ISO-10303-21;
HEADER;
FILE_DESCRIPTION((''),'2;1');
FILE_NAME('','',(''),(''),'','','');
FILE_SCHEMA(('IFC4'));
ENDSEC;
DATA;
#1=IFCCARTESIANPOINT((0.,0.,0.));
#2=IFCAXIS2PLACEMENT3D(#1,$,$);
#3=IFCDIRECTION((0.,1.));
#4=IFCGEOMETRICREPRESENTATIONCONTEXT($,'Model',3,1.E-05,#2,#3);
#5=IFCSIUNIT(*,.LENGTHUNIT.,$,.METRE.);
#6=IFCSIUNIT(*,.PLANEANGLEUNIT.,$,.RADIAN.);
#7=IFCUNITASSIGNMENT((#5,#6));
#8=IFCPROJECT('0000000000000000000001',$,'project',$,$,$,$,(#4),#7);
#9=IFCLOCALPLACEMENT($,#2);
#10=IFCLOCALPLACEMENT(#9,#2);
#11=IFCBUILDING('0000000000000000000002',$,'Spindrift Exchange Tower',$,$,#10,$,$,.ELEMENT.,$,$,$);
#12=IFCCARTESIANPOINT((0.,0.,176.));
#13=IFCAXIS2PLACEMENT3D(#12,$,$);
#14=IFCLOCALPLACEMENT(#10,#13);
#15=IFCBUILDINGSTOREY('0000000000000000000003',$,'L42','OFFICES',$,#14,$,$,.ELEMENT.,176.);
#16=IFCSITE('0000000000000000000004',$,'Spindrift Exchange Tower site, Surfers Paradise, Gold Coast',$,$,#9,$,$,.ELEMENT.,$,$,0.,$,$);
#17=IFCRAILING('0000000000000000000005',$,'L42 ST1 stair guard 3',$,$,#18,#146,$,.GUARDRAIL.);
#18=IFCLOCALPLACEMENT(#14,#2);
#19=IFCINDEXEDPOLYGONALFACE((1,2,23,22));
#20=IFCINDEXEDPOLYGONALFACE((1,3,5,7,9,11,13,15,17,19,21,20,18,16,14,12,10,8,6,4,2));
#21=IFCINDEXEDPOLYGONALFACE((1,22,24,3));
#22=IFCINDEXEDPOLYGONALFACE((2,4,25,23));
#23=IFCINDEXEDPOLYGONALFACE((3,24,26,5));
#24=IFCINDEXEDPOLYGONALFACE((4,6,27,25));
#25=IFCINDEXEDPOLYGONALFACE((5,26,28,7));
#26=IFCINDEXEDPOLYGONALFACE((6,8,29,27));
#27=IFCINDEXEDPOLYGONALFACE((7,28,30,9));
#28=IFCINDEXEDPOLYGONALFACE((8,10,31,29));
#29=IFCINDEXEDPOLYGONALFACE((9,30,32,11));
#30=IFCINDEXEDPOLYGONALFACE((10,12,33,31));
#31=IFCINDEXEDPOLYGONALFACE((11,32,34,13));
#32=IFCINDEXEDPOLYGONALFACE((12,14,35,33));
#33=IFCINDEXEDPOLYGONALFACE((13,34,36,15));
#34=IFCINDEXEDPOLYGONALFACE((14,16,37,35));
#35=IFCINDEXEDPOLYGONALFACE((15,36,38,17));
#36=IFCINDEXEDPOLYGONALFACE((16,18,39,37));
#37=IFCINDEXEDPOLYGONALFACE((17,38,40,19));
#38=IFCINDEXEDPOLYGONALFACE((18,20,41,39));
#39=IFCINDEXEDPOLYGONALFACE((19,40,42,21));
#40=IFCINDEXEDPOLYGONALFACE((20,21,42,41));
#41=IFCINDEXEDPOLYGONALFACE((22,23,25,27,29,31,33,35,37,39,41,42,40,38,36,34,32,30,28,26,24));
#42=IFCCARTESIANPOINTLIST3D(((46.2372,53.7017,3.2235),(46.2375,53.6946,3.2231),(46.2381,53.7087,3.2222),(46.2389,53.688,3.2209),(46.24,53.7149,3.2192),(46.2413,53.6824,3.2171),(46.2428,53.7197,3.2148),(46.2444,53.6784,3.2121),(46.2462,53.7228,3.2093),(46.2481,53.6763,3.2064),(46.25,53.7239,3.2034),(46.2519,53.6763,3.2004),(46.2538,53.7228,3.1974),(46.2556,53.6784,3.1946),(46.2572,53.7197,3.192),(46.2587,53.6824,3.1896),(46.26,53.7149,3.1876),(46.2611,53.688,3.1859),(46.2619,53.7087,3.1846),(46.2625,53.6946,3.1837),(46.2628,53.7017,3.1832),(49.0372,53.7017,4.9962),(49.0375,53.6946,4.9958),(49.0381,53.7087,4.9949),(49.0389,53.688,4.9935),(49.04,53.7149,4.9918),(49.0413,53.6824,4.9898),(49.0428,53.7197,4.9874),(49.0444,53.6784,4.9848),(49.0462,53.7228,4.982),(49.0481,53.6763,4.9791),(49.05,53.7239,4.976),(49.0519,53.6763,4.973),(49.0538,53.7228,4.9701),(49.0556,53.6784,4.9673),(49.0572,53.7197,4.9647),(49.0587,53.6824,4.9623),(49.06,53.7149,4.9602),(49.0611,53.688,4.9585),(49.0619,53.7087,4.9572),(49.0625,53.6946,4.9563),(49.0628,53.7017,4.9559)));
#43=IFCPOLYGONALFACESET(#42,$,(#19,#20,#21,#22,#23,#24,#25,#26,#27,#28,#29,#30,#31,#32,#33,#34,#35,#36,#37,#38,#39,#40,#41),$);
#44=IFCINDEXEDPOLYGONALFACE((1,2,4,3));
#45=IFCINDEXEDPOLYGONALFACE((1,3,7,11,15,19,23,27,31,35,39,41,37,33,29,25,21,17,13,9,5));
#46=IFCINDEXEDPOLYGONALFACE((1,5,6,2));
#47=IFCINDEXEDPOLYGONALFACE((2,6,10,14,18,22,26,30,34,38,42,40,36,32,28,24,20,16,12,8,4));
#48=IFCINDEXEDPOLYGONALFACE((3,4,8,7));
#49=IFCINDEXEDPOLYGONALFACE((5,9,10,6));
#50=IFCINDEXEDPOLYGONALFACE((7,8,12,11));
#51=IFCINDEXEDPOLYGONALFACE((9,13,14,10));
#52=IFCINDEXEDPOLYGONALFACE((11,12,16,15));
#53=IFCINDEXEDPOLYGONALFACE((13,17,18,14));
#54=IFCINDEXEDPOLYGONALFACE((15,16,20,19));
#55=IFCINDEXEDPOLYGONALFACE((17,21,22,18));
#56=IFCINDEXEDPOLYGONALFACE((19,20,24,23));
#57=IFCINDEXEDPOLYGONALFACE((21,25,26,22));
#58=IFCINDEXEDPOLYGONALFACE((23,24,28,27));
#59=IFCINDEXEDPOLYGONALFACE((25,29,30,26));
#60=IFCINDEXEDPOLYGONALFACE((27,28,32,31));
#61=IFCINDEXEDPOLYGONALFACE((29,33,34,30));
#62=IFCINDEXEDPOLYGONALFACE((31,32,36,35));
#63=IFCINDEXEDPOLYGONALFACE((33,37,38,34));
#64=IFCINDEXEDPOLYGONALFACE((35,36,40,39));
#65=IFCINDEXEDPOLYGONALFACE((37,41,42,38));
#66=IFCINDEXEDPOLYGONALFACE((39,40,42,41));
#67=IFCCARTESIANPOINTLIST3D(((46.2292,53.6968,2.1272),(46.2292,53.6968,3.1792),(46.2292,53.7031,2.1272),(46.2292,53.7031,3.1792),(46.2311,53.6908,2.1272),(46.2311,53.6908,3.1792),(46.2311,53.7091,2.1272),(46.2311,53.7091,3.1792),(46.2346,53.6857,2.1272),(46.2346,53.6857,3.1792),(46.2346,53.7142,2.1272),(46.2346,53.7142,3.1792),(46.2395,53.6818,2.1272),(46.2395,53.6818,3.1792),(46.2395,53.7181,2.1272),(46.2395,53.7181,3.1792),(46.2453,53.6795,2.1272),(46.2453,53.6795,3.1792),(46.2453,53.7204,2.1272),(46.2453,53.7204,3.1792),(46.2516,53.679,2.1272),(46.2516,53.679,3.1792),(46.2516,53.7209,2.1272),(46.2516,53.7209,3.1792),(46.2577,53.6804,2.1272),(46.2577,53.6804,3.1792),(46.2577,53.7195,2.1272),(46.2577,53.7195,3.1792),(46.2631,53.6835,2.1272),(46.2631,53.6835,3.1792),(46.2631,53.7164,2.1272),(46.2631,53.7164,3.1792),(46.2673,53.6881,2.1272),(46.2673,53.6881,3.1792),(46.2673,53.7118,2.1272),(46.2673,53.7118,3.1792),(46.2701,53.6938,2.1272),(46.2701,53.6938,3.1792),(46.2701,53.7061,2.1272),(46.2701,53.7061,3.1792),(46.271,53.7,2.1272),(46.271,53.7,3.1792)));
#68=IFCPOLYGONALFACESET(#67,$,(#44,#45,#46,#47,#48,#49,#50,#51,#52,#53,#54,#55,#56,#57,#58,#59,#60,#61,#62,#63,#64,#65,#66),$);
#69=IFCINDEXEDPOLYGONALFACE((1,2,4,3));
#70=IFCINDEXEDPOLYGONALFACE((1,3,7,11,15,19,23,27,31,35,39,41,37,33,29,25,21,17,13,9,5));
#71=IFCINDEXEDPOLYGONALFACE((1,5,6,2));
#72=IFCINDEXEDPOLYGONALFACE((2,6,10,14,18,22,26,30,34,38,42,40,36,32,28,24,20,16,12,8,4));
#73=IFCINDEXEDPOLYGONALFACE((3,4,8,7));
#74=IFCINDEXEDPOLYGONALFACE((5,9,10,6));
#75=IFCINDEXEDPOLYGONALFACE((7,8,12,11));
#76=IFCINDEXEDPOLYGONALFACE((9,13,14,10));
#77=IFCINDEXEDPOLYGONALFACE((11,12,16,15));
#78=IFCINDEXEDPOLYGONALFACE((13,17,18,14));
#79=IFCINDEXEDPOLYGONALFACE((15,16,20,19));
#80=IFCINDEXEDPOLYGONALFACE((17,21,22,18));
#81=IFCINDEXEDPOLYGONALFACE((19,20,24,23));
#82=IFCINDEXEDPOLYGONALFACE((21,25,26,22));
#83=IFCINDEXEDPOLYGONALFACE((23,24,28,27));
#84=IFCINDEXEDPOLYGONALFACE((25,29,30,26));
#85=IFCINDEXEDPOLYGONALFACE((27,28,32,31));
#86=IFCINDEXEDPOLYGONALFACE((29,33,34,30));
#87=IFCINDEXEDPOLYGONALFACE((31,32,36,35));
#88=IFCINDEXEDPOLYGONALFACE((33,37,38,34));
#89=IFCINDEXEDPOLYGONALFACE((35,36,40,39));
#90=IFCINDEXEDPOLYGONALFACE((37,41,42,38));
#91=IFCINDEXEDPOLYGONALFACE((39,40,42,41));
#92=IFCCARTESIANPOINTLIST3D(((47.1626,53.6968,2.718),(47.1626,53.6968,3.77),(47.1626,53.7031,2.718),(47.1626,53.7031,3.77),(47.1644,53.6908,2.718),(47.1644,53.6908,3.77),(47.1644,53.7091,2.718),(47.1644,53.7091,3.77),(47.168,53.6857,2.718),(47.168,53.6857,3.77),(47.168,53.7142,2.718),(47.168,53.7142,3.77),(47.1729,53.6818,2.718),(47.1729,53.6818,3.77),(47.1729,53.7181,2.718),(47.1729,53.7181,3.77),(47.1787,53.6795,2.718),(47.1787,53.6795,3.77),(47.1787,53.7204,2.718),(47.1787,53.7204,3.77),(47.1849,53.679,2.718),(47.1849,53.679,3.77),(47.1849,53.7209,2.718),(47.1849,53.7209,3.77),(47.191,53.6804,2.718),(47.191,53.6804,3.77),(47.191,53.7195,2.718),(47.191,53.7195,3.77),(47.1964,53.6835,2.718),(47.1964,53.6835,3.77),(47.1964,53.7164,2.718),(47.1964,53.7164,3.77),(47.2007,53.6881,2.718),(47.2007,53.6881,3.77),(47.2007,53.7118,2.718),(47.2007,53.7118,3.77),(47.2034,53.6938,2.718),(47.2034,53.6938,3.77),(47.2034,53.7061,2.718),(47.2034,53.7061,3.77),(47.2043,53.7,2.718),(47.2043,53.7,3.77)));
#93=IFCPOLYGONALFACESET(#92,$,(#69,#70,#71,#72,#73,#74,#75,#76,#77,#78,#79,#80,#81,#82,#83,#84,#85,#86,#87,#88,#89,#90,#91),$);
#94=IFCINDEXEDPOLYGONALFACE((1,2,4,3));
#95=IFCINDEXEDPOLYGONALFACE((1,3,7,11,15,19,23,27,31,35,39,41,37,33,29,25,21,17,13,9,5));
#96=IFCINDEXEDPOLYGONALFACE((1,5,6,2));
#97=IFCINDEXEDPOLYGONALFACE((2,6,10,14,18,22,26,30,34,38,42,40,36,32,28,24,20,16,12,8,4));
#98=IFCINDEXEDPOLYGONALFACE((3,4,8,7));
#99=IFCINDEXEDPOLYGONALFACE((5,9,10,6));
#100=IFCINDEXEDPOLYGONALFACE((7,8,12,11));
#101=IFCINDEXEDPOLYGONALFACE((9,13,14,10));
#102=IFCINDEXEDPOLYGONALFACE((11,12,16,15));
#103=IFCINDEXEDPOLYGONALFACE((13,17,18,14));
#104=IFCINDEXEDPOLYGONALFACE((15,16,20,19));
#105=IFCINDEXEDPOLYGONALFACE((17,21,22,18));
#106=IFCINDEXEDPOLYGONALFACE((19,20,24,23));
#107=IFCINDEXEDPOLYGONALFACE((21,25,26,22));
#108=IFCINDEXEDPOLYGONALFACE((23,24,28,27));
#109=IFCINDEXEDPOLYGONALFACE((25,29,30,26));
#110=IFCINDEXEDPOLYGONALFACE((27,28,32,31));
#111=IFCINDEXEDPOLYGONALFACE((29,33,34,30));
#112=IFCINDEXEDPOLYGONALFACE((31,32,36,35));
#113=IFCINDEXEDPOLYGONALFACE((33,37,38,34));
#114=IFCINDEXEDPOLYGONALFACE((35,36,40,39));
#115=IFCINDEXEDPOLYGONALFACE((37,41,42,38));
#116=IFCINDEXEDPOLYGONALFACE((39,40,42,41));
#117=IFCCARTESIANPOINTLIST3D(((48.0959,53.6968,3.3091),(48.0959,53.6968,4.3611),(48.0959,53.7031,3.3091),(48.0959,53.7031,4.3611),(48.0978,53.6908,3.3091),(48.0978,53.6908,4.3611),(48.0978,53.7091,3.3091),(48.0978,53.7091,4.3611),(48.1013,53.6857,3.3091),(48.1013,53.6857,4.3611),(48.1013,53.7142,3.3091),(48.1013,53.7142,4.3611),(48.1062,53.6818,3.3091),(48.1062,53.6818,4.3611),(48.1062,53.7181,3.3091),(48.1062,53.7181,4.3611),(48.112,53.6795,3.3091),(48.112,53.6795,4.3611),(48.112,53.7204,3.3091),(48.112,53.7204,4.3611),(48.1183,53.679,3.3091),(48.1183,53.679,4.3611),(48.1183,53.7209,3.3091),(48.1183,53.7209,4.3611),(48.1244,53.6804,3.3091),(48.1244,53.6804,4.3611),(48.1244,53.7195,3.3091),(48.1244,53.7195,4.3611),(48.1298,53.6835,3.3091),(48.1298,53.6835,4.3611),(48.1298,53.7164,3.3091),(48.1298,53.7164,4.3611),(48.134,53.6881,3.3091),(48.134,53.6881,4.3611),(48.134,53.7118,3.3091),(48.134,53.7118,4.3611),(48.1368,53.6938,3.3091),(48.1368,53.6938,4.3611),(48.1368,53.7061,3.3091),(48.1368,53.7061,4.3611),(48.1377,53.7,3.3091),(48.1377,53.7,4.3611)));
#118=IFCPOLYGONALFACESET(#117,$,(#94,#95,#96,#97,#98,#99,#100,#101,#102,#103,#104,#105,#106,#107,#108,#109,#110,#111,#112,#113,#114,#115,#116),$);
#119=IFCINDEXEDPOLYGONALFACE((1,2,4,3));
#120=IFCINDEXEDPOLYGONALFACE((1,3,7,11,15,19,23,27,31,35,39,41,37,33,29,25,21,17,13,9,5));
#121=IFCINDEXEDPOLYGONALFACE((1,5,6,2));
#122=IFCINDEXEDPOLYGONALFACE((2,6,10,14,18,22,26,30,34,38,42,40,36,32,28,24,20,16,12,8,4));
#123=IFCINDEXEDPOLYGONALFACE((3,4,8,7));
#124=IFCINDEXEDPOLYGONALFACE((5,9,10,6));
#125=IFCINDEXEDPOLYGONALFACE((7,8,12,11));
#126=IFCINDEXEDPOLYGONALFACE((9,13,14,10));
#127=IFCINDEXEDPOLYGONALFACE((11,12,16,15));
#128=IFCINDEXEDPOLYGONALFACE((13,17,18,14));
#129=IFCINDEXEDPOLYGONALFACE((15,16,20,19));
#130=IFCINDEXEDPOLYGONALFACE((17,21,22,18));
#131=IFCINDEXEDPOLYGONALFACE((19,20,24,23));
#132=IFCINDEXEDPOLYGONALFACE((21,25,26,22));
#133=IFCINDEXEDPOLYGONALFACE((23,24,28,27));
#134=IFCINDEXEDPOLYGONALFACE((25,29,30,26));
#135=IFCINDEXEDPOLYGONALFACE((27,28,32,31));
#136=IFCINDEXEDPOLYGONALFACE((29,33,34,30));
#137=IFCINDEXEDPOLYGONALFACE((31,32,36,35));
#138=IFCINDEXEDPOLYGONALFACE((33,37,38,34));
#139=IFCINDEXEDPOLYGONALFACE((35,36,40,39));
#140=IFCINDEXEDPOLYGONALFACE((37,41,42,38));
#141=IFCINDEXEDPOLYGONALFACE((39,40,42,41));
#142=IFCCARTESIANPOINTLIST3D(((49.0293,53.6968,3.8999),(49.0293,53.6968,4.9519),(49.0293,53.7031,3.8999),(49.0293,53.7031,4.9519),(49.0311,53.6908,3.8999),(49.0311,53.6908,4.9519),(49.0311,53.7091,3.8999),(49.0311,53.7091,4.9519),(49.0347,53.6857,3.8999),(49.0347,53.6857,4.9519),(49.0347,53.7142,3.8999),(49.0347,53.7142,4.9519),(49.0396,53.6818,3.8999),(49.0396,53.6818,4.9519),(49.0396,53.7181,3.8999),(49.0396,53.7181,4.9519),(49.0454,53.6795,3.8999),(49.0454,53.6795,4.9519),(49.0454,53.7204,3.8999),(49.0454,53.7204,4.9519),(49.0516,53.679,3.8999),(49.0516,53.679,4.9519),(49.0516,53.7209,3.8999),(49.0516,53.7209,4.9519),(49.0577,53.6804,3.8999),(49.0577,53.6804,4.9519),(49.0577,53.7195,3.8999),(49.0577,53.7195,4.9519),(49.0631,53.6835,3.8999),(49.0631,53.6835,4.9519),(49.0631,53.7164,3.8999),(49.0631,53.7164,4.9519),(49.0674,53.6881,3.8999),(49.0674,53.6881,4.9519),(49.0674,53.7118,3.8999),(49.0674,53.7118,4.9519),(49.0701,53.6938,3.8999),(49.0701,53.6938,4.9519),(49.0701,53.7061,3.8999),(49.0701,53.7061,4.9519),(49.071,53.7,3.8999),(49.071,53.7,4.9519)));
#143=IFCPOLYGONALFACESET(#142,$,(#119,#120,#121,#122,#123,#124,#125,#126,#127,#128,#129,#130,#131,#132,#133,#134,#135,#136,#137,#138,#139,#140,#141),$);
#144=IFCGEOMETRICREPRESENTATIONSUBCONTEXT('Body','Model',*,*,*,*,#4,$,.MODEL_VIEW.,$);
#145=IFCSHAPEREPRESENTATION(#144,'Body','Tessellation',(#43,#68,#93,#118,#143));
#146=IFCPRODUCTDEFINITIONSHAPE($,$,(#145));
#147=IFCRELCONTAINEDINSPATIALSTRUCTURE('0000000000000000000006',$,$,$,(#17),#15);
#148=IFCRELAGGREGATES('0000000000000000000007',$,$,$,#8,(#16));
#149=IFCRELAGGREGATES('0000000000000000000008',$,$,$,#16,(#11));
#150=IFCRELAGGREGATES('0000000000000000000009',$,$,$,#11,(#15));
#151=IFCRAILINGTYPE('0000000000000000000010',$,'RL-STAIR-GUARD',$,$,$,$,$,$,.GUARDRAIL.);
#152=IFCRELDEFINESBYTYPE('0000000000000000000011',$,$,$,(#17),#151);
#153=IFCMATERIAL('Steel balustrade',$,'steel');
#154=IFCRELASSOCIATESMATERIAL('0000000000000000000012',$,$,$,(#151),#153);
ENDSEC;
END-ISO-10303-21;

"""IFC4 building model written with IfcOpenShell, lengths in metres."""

from ifc_helpers import new_model, si_unit, direction, frame, origin, origin_2d, place, context, subcontext, project, spatial, circle, extrude, material, type_object, element, save


model = new_model("IFC4")

# Units and contexts
model_context = context("Model", 3, precision=1e-05, world=origin(), true_north=direction((0.0, 1.0)))
body_context = subcontext(model_context, "Body", "Model", "MODEL_VIEW")
ifc_project = project(units=[si_unit("LENGTHUNIT", "METRE"), si_unit("PLANEANGLEUNIT", "RADIAN")], contexts=[model_context])

# Site, building, storey
site_placement = place(None, origin())
site = spatial("IfcSite", under=ifc_project, at=site_placement, Name="Spindrift Exchange Tower site, Surfers Paradise, Gold Coast", CompositionType="ELEMENT", RefElevation=0.0)
building_placement = place(site_placement, origin())
building = spatial("IfcBuilding", under=site, at=building_placement, Name="Spindrift Exchange Tower", CompositionType="ELEMENT")
storey_placement = place(building_placement, frame((0.0, 0.0, 176.0)))
storey = spatial("IfcBuildingStorey", under=building, at=storey_placement, Name="L42", Description="OFFICES", CompositionType="ELEMENT", Elevation=176.0)

# Railing
ifc_material_1 = material(Name="Steel balustrade", Category="steel")
railing_type_1 = type_object("IfcRailingType", Name="RL-STAIR-GUARD", PredefinedType="GUARDRAIL", material=ifc_material_1)
railing_1_placement = place(storey_placement, frame((46.25, 53.7, 2.1272)))
element("IfcRailing", 1, at=railing_1_placement, inside=storey, type_object=railing_type_1, Name="L42 ST1 stair guard 3", PredefinedType="GUARDRAIL", context=body_context, shape_type="SweptSolid", body=[
    extrude(circle(Radius=0.0239, at=origin_2d()), frame((0.0, 0.0, 1.0762), z_axis=(0.844909, 0.0, 0.53491), x_axis=(0.0, 1.0, 0.0)), (0.0, 0.0, 1.0), 3.314),
    extrude(circle(Radius=0.021, at=origin_2d()), origin(), (0.0, 0.0, 1.0), 1.052),
    extrude(circle(Radius=0.021, at=origin_2d()), frame((0.9333, 0.0, 0.5908)), (0.0, 0.0, 1.0), 1.052),
    extrude(circle(Radius=0.021, at=origin_2d()), frame((1.8667, 0.0, 1.1819)), (0.0, 0.0, 1.0), 1.052),
    extrude(circle(Radius=0.021, at=origin_2d()), frame((2.8, 0.0, 1.7727)), (0.0, 0.0, 1.0), 1.052),
])

save(model, "model.ifc")
